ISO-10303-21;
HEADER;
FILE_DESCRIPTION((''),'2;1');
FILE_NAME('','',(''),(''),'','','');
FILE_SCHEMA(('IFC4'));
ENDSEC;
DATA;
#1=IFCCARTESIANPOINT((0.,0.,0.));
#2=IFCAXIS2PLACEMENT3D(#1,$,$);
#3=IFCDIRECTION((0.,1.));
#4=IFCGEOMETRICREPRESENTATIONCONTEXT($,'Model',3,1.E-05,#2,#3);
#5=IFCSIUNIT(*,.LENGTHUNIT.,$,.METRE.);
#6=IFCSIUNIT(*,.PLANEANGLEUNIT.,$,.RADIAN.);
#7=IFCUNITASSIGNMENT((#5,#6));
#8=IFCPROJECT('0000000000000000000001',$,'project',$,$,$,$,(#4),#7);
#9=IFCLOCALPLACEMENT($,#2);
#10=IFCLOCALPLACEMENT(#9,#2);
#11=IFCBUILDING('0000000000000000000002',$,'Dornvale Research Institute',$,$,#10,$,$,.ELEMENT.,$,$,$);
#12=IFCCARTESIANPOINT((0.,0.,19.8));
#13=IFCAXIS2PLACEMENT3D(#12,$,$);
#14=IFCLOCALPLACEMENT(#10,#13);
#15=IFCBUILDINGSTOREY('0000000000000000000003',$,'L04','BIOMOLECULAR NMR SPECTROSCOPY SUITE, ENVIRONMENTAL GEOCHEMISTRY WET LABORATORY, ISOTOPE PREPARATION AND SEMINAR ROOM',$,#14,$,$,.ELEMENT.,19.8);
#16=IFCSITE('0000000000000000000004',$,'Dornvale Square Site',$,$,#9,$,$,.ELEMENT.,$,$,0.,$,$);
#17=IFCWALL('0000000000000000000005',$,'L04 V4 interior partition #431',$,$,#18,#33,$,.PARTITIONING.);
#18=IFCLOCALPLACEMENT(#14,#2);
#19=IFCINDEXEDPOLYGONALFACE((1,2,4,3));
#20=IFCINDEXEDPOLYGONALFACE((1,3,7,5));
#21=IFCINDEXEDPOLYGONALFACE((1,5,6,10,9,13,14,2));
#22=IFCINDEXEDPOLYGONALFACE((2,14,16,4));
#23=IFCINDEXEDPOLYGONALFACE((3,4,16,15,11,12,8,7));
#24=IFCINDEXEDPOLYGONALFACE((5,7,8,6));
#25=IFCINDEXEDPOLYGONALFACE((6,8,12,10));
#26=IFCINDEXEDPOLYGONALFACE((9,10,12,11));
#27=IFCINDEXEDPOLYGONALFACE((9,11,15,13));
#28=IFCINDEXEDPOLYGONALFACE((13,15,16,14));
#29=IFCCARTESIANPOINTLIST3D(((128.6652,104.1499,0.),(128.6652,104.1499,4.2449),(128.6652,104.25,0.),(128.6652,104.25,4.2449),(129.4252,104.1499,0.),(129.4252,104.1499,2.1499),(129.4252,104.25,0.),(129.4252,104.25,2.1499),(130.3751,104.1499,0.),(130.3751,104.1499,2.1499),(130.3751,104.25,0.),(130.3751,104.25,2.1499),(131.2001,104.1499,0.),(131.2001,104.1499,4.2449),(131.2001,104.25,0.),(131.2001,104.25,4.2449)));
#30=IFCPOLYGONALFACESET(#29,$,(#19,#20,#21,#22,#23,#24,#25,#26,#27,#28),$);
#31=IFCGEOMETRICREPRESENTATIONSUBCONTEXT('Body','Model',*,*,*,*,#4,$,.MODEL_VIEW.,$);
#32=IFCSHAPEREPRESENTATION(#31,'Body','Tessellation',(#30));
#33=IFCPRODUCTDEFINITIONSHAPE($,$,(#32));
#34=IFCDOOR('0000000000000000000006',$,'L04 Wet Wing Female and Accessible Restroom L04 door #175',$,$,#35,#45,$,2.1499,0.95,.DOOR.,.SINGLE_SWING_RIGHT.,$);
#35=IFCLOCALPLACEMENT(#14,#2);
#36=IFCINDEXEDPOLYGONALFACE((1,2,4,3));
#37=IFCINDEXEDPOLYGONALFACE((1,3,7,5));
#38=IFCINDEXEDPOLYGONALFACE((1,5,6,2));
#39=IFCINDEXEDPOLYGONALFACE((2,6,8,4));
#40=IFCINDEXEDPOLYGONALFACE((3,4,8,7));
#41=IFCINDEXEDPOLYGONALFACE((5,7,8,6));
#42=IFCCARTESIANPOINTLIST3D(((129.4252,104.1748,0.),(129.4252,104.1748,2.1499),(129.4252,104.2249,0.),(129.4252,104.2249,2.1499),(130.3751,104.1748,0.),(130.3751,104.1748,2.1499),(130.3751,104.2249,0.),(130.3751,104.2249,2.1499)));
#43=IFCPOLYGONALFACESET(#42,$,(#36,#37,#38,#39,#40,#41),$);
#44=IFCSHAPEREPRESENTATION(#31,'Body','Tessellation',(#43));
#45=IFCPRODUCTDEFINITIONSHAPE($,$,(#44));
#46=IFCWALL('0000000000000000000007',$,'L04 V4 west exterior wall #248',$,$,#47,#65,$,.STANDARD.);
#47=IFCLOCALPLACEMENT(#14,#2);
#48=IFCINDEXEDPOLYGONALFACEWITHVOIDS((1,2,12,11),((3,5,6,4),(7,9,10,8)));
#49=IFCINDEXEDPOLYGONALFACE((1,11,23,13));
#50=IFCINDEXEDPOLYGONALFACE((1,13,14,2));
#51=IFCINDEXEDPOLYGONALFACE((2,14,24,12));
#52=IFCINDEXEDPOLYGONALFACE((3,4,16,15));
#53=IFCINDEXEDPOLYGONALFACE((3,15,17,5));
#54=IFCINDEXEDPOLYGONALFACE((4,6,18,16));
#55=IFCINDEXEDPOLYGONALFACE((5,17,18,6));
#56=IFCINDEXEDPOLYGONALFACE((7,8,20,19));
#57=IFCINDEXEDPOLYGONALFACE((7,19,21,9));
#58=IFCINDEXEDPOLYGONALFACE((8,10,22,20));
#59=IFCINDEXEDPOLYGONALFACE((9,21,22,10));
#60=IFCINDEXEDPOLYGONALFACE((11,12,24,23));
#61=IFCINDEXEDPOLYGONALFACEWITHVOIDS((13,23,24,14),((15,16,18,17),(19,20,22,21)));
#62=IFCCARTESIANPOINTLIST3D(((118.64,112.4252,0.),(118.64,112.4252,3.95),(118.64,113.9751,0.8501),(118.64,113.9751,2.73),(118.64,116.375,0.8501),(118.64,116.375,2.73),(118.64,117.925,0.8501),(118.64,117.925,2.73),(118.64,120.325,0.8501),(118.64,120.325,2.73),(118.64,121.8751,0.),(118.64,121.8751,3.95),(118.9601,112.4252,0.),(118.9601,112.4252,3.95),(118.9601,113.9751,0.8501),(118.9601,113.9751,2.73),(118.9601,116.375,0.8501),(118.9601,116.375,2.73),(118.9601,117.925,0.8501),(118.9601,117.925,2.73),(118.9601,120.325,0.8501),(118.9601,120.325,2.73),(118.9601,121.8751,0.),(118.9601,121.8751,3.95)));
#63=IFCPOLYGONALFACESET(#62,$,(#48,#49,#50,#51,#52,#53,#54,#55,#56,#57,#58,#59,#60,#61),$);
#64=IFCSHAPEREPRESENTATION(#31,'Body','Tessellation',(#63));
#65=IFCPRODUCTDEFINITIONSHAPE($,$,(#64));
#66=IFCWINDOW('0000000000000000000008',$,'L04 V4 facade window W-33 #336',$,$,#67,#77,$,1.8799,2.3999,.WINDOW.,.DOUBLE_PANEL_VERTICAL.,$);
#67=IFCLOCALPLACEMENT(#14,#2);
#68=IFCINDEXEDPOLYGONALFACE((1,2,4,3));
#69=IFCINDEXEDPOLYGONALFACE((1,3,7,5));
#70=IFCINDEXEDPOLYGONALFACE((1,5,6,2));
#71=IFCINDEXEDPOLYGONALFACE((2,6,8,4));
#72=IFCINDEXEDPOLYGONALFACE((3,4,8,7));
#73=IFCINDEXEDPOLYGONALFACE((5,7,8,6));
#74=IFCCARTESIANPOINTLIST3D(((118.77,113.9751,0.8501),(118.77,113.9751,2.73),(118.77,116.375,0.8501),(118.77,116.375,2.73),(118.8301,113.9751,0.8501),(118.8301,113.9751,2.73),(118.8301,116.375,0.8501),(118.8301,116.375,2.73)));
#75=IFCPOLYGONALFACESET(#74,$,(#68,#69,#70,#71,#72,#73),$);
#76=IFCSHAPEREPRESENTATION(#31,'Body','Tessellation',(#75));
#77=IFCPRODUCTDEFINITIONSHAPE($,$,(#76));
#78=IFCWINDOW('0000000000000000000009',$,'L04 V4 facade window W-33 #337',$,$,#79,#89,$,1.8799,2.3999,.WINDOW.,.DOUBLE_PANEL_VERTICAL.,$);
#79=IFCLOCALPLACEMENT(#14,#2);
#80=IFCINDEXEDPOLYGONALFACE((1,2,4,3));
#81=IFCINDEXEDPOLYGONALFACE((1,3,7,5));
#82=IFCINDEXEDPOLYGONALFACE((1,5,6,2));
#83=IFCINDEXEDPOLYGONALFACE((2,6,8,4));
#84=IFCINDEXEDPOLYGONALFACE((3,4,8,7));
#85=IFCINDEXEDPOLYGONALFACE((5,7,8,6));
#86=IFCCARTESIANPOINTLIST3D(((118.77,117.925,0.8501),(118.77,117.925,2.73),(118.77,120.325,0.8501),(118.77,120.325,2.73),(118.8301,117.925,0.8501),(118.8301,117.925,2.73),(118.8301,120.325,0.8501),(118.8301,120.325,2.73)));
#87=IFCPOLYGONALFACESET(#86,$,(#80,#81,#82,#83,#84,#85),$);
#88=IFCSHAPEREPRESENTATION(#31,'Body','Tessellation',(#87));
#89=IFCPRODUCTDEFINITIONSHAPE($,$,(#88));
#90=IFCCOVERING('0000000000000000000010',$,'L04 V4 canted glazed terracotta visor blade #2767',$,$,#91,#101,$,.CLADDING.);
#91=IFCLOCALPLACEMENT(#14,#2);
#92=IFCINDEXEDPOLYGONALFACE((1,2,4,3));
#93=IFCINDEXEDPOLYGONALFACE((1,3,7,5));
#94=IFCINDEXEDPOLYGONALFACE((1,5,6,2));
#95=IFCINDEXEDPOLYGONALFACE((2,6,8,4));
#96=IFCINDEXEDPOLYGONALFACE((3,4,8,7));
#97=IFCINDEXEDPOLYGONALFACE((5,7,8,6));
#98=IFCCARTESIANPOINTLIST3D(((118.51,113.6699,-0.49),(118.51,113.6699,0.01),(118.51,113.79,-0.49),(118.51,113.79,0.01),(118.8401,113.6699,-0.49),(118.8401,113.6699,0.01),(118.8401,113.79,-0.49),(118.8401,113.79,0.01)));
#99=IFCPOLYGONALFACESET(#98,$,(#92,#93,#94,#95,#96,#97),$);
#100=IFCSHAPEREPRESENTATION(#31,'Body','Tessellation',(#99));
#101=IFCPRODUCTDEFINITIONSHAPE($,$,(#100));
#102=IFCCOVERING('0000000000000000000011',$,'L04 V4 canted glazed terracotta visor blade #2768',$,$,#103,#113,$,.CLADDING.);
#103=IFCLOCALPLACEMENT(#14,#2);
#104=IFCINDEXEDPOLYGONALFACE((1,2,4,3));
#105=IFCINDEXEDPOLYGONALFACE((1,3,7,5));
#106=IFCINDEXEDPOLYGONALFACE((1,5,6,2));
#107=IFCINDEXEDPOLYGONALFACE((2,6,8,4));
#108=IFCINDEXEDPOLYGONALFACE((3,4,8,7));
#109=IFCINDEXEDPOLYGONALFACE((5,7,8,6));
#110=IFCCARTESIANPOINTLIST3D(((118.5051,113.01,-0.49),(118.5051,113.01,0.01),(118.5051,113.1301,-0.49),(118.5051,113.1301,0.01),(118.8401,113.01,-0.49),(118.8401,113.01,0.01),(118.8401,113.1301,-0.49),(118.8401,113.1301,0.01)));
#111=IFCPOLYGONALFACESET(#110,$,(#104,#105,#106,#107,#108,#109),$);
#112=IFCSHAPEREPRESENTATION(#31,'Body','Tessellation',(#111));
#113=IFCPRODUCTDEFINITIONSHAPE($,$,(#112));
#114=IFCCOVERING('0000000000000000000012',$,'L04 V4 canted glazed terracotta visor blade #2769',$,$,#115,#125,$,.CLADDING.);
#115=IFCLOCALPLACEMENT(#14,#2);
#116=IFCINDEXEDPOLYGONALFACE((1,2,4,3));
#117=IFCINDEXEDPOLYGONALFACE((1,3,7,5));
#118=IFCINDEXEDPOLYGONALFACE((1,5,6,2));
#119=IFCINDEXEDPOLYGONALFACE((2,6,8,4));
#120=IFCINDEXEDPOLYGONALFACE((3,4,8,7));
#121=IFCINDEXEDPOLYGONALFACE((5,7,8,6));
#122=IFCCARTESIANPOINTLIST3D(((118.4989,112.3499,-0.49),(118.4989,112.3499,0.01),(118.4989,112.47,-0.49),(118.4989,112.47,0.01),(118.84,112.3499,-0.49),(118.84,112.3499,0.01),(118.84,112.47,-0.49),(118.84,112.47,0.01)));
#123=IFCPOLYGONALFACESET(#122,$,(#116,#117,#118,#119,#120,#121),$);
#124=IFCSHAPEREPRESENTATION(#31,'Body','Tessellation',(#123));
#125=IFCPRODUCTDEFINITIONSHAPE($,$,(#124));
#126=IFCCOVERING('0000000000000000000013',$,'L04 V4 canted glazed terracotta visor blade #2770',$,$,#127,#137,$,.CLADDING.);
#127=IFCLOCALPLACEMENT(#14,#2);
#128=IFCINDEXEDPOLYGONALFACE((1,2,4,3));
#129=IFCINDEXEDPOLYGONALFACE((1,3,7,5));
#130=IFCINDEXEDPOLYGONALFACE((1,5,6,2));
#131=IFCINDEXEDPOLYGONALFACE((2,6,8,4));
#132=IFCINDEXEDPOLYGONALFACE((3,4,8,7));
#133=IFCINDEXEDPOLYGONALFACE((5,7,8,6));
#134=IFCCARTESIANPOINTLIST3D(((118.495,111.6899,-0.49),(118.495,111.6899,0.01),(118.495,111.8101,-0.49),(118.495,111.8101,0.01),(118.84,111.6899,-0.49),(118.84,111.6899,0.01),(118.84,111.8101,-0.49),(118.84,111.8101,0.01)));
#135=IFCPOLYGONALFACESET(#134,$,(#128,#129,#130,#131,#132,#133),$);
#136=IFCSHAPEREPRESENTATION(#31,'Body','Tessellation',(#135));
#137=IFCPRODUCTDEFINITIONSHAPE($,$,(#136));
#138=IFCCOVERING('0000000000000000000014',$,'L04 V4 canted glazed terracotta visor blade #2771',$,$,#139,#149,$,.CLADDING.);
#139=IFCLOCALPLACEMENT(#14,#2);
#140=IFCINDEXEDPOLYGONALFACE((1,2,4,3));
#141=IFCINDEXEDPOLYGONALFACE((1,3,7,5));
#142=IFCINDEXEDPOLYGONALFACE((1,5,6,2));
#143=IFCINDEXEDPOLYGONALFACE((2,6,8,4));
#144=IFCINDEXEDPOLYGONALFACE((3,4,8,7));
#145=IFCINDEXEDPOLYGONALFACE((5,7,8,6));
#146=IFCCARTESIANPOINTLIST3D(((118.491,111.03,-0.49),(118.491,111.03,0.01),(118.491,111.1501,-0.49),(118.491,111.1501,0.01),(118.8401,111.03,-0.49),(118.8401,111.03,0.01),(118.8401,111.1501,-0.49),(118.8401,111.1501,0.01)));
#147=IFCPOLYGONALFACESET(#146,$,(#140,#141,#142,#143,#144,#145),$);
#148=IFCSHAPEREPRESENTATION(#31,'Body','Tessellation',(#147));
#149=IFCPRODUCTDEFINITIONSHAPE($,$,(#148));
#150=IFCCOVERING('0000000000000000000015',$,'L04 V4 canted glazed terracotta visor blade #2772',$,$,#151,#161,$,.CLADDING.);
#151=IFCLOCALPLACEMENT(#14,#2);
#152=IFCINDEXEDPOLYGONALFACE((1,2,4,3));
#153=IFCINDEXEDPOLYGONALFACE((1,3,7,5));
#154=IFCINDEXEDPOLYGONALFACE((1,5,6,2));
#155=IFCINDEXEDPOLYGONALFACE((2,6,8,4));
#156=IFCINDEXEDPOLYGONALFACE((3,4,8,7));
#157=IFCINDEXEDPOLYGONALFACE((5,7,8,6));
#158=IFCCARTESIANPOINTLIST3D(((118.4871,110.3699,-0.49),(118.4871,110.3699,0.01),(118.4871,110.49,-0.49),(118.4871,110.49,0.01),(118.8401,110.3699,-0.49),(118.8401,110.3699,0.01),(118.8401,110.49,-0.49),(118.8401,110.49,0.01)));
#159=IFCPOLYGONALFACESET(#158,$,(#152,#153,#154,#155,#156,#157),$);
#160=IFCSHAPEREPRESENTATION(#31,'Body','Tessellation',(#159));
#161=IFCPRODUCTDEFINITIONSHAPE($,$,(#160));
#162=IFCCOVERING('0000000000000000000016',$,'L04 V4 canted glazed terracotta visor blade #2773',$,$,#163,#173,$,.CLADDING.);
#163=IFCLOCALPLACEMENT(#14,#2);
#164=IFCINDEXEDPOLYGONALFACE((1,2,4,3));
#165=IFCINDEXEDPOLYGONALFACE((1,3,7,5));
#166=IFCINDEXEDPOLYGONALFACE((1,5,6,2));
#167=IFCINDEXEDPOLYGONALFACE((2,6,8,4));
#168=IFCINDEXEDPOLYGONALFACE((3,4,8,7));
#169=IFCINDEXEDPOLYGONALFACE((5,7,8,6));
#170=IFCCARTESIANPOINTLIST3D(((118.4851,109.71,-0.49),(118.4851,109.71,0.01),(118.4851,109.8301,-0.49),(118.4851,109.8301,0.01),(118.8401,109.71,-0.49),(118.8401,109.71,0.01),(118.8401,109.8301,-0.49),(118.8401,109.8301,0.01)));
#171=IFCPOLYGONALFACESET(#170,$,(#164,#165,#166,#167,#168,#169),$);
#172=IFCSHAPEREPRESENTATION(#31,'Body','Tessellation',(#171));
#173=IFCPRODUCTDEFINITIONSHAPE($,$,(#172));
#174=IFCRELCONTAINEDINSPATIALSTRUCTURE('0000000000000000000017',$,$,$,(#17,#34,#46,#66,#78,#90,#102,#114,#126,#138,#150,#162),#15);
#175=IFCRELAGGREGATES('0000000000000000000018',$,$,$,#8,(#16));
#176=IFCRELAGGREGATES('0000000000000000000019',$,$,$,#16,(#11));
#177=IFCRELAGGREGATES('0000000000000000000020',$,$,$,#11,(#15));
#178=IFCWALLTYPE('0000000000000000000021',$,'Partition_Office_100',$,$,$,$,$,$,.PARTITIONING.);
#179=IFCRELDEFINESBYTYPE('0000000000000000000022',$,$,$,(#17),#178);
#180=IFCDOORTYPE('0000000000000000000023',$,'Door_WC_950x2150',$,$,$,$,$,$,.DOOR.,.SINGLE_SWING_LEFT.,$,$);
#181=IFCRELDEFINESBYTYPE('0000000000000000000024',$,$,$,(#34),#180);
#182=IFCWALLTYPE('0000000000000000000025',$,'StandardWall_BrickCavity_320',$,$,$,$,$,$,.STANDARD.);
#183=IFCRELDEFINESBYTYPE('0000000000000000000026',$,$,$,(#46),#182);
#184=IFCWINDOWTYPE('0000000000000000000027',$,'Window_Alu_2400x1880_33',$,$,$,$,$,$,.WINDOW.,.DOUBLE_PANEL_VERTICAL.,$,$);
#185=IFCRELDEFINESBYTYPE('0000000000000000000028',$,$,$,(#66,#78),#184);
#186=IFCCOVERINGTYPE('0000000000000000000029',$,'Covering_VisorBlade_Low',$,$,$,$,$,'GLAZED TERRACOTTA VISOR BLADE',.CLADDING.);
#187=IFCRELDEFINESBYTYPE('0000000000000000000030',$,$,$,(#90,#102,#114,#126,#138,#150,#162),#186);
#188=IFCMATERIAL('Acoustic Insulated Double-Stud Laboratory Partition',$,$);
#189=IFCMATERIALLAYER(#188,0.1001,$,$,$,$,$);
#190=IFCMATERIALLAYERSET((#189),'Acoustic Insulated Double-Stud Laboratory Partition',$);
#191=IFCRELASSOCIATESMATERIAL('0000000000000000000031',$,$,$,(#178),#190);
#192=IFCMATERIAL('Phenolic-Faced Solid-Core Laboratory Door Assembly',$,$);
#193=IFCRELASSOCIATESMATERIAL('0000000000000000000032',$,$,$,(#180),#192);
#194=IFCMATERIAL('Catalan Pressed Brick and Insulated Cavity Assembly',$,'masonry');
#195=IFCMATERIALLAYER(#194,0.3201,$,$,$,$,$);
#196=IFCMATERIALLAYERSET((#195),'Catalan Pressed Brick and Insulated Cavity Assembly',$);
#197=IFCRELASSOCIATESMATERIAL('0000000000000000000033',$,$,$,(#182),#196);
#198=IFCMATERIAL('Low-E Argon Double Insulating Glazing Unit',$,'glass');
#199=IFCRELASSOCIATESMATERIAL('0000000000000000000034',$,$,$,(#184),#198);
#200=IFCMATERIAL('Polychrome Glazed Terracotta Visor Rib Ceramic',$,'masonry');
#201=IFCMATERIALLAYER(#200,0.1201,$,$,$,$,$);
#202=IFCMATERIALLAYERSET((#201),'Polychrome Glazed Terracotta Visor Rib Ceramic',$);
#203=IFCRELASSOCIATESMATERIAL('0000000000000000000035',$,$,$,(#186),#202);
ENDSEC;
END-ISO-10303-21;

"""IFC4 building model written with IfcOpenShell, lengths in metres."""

from ifc_helpers import new_model, si_unit, direction, frame, frame_2d, origin, origin_2d, place, context, subcontext, project, spatial, rectangle, extrude, material, layer, layer_set, type_object, element, fill, save


model = new_model("IFC4")

# Units and contexts
model_context = context("Model", 3, precision=1e-05, world=origin(), true_north=direction((0.0, 1.0)))
body_context = subcontext(model_context, "Body", "Model", "MODEL_VIEW")
ifc_project = project(units=[si_unit("LENGTHUNIT", "METRE"), si_unit("PLANEANGLEUNIT", "RADIAN")], contexts=[model_context])

# Site, building, storey
site_placement = place(None, origin())
site = spatial("IfcSite", under=ifc_project, at=site_placement, Name="Dornvale Square Site", CompositionType="ELEMENT", RefElevation=0.0)
building_placement = place(site_placement, origin())
building = spatial("IfcBuilding", under=site, at=building_placement, Name="Dornvale Research Institute", CompositionType="ELEMENT")
storey_placement = place(building_placement, frame((0.0, 0.0, 19.8)))
storey = spatial("IfcBuildingStorey", under=building, at=storey_placement, Name="L04", Description="BIOMOLECULAR NMR SPECTROSCOPY SUITE, ENVIRONMENTAL GEOCHEMISTRY WET LABORATORY, ISOTOPE PREPARATION AND SEMINAR ROOM", CompositionType="ELEMENT", Elevation=19.8)

# Wall, opening, door
ifc_material_1 = material(Name="Acoustic Insulated Double-Stud Laboratory Partition")
ifc_layer_1 = layer(ifc_material_1, 0.1001)
ifc_layer_set_1 = layer_set([ifc_layer_1], Name="Acoustic Insulated Double-Stud Laboratory Partition")
wall_type_1 = type_object("IfcWallType", Name="Partition_Office_100", PredefinedType="PARTITIONING", material=ifc_layer_set_1)
wall_1_placement = place(storey_placement, frame((128.665, 104.2, 0.0), z_axis=(0.0, 0.0, 1.0), x_axis=(1.0, 0.0, 0.0)))
wall_1 = element("IfcWall", 1, at=wall_1_placement, inside=storey, type_object=wall_type_1, Name="L04 V4 interior partition #431", PredefinedType="PARTITIONING", context=body_context, shape_type="SweptSolid", body=[
    extrude(rectangle(XDim=2.5349, YDim=0.1001, at=frame_2d((1.2676, 0.0))), origin(), (0.0, 0.0, 1.0), 4.2449),
])
opening_1_placement = place(wall_1_placement, frame((0.76, 0.0, 0.0)))
opening_1 = element("IfcOpeningElement", 2, at=opening_1_placement, cuts=wall_1, PredefinedType="OPENING", context=body_context, shape_type="SweptSolid", body=[
    extrude(rectangle(XDim=0.95, YDim=2.1499, at=frame_2d((0.4751, 1.075))), frame((0.0, 0.0649, 0.0), z_axis=(0.0, -1.0, 0.0), x_axis=(1.0, 0.0, 0.0)), (0.0, 0.0, 1.0), 0.1301),
])
ifc_material_2 = material(Name="Phenolic-Faced Solid-Core Laboratory Door Assembly")
door_type_1 = type_object("IfcDoorType", Name="Door_WC_950x2150", OperationType="SINGLE_SWING_LEFT", PredefinedType="DOOR", material=ifc_material_2)
door_1_placement = place(opening_1_placement, origin())
door_1 = element("IfcDoor", 3, at=door_1_placement, inside=storey, type_object=door_type_1, Name="L04 Wet Wing Female and Accessible Restroom L04 door #175", OperationType="SINGLE_SWING_RIGHT", OverallHeight=2.1499, OverallWidth=0.95, PredefinedType="DOOR", context=body_context, shape_type="SweptSolid", body=[
    extrude(rectangle(XDim=0.95, YDim=2.1499, at=frame_2d((0.4751, 1.075))), frame((0.0, 0.0249, 0.0), z_axis=(0.0, -1.0, 0.0), x_axis=(1.0, 0.0, 0.0)), (0.0, 0.0, 1.0), 0.05),
])
fill(opening_1, door_1)

# Wall, openings, windows
ifc_material_3 = material(Name="Catalan Pressed Brick and Insulated Cavity Assembly", Category="masonry")
ifc_layer_2 = layer(ifc_material_3, 0.3201)
ifc_layer_set_2 = layer_set([ifc_layer_2], Name="Catalan Pressed Brick and Insulated Cavity Assembly")
wall_type_2 = type_object("IfcWallType", Name="StandardWall_BrickCavity_320", PredefinedType="STANDARD", material=ifc_layer_set_2)
wall_2_placement = place(storey_placement, frame((118.8, 112.425, 0.0), z_axis=(0.0, 0.0, 1.0), x_axis=(0.0, 1.0, 0.0)))
wall_2 = element("IfcWall", 4, at=wall_2_placement, inside=storey, type_object=wall_type_2, Name="L04 V4 west exterior wall #248", PredefinedType="STANDARD", context=body_context, shape_type="SweptSolid", body=[
    extrude(rectangle(XDim=9.45, YDim=0.3201, at=frame_2d((4.7251, 0.0))), origin(), (0.0, 0.0, 1.0), 3.95),
])
opening_2_placement = place(wall_2_placement, frame((1.55, 0.0, 0.8501)))
opening_2 = element("IfcOpeningElement", 5, at=opening_2_placement, cuts=wall_2, PredefinedType="OPENING", context=body_context, shape_type="SweptSolid", body=[
    extrude(rectangle(XDim=2.3999, YDim=1.8799, at=frame_2d((1.2, 0.9399))), frame((0.0, 0.175, 0.0), z_axis=(0.0, -1.0, 0.0), x_axis=(1.0, 0.0, 0.0)), (0.0, 0.0, 1.0), 0.3501),
])
opening_3_placement = place(wall_2_placement, frame((5.5, 0.0, 0.8501)))
opening_3 = element("IfcOpeningElement", 6, at=opening_3_placement, cuts=wall_2, PredefinedType="OPENING", context=body_context, shape_type="SweptSolid", body=[
    extrude(rectangle(XDim=2.3999, YDim=1.8799, at=frame_2d((1.2, 0.9399))), frame((0.0, 0.175, 0.0), z_axis=(0.0, -1.0, 0.0), x_axis=(1.0, 0.0, 0.0)), (0.0, 0.0, 1.0), 0.3501),
])
ifc_material_4 = material(Name="Low-E Argon Double Insulating Glazing Unit", Category="glass")
window_type = type_object("IfcWindowType", Name="Window_Alu_2400x1880_33", PartitioningType="DOUBLE_PANEL_VERTICAL", PredefinedType="WINDOW", material=ifc_material_4)
window_1_placement = place(opening_2_placement, origin())
window_1 = element("IfcWindow", 7, at=window_1_placement, inside=storey, type_object=window_type, Name="L04 V4 facade window W-33 #336", OverallHeight=1.8799, OverallWidth=2.3999, PartitioningType="DOUBLE_PANEL_VERTICAL", PredefinedType="WINDOW", context=body_context, shape_type="SweptSolid", body=[
    extrude(rectangle(XDim=2.3999, YDim=1.8799, at=frame_2d((1.2, 0.9399))), frame((0.0, 0.03, 0.0), z_axis=(0.0, -1.0, 0.0), x_axis=(1.0, 0.0, 0.0)), (0.0, 0.0, 1.0), 0.0601),
])
fill(opening_2, window_1)
window_2_placement = place(opening_3_placement, origin())
window_2 = element("IfcWindow", 8, at=window_2_placement, inside=storey, type_object=window_type, Name="L04 V4 facade window W-33 #337", OverallHeight=1.8799, OverallWidth=2.3999, PartitioningType="DOUBLE_PANEL_VERTICAL", PredefinedType="WINDOW", context=body_context, shape_type="SweptSolid", body=[
    extrude(rectangle(XDim=2.3999, YDim=1.8799, at=frame_2d((1.2, 0.9399))), frame((0.0, 0.03, 0.0), z_axis=(0.0, -1.0, 0.0), x_axis=(1.0, 0.0, 0.0)), (0.0, 0.0, 1.0), 0.0601),
])
fill(opening_3, window_2)

# Coverings
ifc_material_5 = material(Name="Polychrome Glazed Terracotta Visor Rib Ceramic", Category="masonry")
ifc_layer_3 = layer(ifc_material_5, 0.1201)
ifc_layer_set_3 = layer_set([ifc_layer_3], Name="Polychrome Glazed Terracotta Visor Rib Ceramic")
covering_type = type_object("IfcCoveringType", Name="Covering_VisorBlade_Low", ElementType="GLAZED TERRACOTTA VISOR BLADE", PredefinedType="CLADDING", material=ifc_layer_set_3)
covering_1_placement = place(storey_placement, frame((118.675, 113.73, -0.49), z_axis=(0.0, 0.0, 1.0), x_axis=(1.0, 0.0, 0.0)))
element("IfcCovering", 9, at=covering_1_placement, inside=storey, type_object=covering_type, Name="L04 V4 canted glazed terracotta visor blade #2767", PredefinedType="CLADDING", context=body_context, shape_type="SweptSolid", body=[
    extrude(rectangle(XDim=0.3301, YDim=0.1201, at=origin_2d()), origin(), (0.0, 0.0, 1.0), 0.5),
])
covering_2_placement = place(storey_placement, frame((118.6726, 113.0701, -0.49), z_axis=(0.0, 0.0, 1.0), x_axis=(1.0, 0.0, 0.0)))
element("IfcCovering", 10, at=covering_2_placement, inside=storey, type_object=covering_type, Name="L04 V4 canted glazed terracotta visor blade #2768", PredefinedType="CLADDING", context=body_context, shape_type="SweptSolid", body=[
    extrude(rectangle(XDim=0.335, YDim=0.1201, at=origin_2d()), origin(), (0.0, 0.0, 1.0), 0.5),
])
covering_3_placement = place(storey_placement, frame((118.6694, 112.4099, -0.49), z_axis=(0.0, 0.0, 1.0), x_axis=(1.0, 0.0, 0.0)))
element("IfcCovering", 11, at=covering_3_placement, inside=storey, type_object=covering_type, Name="L04 V4 canted glazed terracotta visor blade #2769", PredefinedType="CLADDING", context=body_context, shape_type="SweptSolid", body=[
    extrude(rectangle(XDim=0.3411, YDim=0.1201, at=origin_2d()), origin(), (0.0, 0.0, 1.0), 0.5),
])
covering_4_placement = place(storey_placement, frame((118.6675, 111.75, -0.49), z_axis=(0.0, 0.0, 1.0), x_axis=(1.0, 0.0, 0.0)))
element("IfcCovering", 12, at=covering_4_placement, inside=storey, type_object=covering_type, Name="L04 V4 canted glazed terracotta visor blade #2770", PredefinedType="CLADDING", context=body_context, shape_type="SweptSolid", body=[
    extrude(rectangle(XDim=0.345, YDim=0.1201, at=origin_2d()), origin(), (0.0, 0.0, 1.0), 0.5),
])
covering_5_placement = place(storey_placement, frame((118.6655, 111.0901, -0.49), z_axis=(0.0, 0.0, 1.0), x_axis=(1.0, 0.0, 0.0)))
element("IfcCovering", 13, at=covering_5_placement, inside=storey, type_object=covering_type, Name="L04 V4 canted glazed terracotta visor blade #2771", PredefinedType="CLADDING", context=body_context, shape_type="SweptSolid", body=[
    extrude(rectangle(XDim=0.3491, YDim=0.1201, at=origin_2d()), origin(), (0.0, 0.0, 1.0), 0.5),
])
covering_6_placement = place(storey_placement, frame((118.6636, 110.4299, -0.49), z_axis=(0.0, 0.0, 1.0), x_axis=(1.0, 0.0, 0.0)))
element("IfcCovering", 14, at=covering_6_placement, inside=storey, type_object=covering_type, Name="L04 V4 canted glazed terracotta visor blade #2772", PredefinedType="CLADDING", context=body_context, shape_type="SweptSolid", body=[
    extrude(rectangle(XDim=0.353, YDim=0.1201, at=origin_2d()), origin(), (0.0, 0.0, 1.0), 0.5),
])
covering_7_placement = place(storey_placement, frame((118.6626, 109.77, -0.49), z_axis=(0.0, 0.0, 1.0), x_axis=(1.0, 0.0, 0.0)))
element("IfcCovering", 15, at=covering_7_placement, inside=storey, type_object=covering_type, Name="L04 V4 canted glazed terracotta visor blade #2773", PredefinedType="CLADDING", context=body_context, shape_type="SweptSolid", body=[
    extrude(rectangle(XDim=0.355, YDim=0.1201, at=origin_2d()), origin(), (0.0, 0.0, 1.0), 0.5),
])

save(model, "model.ifc")
